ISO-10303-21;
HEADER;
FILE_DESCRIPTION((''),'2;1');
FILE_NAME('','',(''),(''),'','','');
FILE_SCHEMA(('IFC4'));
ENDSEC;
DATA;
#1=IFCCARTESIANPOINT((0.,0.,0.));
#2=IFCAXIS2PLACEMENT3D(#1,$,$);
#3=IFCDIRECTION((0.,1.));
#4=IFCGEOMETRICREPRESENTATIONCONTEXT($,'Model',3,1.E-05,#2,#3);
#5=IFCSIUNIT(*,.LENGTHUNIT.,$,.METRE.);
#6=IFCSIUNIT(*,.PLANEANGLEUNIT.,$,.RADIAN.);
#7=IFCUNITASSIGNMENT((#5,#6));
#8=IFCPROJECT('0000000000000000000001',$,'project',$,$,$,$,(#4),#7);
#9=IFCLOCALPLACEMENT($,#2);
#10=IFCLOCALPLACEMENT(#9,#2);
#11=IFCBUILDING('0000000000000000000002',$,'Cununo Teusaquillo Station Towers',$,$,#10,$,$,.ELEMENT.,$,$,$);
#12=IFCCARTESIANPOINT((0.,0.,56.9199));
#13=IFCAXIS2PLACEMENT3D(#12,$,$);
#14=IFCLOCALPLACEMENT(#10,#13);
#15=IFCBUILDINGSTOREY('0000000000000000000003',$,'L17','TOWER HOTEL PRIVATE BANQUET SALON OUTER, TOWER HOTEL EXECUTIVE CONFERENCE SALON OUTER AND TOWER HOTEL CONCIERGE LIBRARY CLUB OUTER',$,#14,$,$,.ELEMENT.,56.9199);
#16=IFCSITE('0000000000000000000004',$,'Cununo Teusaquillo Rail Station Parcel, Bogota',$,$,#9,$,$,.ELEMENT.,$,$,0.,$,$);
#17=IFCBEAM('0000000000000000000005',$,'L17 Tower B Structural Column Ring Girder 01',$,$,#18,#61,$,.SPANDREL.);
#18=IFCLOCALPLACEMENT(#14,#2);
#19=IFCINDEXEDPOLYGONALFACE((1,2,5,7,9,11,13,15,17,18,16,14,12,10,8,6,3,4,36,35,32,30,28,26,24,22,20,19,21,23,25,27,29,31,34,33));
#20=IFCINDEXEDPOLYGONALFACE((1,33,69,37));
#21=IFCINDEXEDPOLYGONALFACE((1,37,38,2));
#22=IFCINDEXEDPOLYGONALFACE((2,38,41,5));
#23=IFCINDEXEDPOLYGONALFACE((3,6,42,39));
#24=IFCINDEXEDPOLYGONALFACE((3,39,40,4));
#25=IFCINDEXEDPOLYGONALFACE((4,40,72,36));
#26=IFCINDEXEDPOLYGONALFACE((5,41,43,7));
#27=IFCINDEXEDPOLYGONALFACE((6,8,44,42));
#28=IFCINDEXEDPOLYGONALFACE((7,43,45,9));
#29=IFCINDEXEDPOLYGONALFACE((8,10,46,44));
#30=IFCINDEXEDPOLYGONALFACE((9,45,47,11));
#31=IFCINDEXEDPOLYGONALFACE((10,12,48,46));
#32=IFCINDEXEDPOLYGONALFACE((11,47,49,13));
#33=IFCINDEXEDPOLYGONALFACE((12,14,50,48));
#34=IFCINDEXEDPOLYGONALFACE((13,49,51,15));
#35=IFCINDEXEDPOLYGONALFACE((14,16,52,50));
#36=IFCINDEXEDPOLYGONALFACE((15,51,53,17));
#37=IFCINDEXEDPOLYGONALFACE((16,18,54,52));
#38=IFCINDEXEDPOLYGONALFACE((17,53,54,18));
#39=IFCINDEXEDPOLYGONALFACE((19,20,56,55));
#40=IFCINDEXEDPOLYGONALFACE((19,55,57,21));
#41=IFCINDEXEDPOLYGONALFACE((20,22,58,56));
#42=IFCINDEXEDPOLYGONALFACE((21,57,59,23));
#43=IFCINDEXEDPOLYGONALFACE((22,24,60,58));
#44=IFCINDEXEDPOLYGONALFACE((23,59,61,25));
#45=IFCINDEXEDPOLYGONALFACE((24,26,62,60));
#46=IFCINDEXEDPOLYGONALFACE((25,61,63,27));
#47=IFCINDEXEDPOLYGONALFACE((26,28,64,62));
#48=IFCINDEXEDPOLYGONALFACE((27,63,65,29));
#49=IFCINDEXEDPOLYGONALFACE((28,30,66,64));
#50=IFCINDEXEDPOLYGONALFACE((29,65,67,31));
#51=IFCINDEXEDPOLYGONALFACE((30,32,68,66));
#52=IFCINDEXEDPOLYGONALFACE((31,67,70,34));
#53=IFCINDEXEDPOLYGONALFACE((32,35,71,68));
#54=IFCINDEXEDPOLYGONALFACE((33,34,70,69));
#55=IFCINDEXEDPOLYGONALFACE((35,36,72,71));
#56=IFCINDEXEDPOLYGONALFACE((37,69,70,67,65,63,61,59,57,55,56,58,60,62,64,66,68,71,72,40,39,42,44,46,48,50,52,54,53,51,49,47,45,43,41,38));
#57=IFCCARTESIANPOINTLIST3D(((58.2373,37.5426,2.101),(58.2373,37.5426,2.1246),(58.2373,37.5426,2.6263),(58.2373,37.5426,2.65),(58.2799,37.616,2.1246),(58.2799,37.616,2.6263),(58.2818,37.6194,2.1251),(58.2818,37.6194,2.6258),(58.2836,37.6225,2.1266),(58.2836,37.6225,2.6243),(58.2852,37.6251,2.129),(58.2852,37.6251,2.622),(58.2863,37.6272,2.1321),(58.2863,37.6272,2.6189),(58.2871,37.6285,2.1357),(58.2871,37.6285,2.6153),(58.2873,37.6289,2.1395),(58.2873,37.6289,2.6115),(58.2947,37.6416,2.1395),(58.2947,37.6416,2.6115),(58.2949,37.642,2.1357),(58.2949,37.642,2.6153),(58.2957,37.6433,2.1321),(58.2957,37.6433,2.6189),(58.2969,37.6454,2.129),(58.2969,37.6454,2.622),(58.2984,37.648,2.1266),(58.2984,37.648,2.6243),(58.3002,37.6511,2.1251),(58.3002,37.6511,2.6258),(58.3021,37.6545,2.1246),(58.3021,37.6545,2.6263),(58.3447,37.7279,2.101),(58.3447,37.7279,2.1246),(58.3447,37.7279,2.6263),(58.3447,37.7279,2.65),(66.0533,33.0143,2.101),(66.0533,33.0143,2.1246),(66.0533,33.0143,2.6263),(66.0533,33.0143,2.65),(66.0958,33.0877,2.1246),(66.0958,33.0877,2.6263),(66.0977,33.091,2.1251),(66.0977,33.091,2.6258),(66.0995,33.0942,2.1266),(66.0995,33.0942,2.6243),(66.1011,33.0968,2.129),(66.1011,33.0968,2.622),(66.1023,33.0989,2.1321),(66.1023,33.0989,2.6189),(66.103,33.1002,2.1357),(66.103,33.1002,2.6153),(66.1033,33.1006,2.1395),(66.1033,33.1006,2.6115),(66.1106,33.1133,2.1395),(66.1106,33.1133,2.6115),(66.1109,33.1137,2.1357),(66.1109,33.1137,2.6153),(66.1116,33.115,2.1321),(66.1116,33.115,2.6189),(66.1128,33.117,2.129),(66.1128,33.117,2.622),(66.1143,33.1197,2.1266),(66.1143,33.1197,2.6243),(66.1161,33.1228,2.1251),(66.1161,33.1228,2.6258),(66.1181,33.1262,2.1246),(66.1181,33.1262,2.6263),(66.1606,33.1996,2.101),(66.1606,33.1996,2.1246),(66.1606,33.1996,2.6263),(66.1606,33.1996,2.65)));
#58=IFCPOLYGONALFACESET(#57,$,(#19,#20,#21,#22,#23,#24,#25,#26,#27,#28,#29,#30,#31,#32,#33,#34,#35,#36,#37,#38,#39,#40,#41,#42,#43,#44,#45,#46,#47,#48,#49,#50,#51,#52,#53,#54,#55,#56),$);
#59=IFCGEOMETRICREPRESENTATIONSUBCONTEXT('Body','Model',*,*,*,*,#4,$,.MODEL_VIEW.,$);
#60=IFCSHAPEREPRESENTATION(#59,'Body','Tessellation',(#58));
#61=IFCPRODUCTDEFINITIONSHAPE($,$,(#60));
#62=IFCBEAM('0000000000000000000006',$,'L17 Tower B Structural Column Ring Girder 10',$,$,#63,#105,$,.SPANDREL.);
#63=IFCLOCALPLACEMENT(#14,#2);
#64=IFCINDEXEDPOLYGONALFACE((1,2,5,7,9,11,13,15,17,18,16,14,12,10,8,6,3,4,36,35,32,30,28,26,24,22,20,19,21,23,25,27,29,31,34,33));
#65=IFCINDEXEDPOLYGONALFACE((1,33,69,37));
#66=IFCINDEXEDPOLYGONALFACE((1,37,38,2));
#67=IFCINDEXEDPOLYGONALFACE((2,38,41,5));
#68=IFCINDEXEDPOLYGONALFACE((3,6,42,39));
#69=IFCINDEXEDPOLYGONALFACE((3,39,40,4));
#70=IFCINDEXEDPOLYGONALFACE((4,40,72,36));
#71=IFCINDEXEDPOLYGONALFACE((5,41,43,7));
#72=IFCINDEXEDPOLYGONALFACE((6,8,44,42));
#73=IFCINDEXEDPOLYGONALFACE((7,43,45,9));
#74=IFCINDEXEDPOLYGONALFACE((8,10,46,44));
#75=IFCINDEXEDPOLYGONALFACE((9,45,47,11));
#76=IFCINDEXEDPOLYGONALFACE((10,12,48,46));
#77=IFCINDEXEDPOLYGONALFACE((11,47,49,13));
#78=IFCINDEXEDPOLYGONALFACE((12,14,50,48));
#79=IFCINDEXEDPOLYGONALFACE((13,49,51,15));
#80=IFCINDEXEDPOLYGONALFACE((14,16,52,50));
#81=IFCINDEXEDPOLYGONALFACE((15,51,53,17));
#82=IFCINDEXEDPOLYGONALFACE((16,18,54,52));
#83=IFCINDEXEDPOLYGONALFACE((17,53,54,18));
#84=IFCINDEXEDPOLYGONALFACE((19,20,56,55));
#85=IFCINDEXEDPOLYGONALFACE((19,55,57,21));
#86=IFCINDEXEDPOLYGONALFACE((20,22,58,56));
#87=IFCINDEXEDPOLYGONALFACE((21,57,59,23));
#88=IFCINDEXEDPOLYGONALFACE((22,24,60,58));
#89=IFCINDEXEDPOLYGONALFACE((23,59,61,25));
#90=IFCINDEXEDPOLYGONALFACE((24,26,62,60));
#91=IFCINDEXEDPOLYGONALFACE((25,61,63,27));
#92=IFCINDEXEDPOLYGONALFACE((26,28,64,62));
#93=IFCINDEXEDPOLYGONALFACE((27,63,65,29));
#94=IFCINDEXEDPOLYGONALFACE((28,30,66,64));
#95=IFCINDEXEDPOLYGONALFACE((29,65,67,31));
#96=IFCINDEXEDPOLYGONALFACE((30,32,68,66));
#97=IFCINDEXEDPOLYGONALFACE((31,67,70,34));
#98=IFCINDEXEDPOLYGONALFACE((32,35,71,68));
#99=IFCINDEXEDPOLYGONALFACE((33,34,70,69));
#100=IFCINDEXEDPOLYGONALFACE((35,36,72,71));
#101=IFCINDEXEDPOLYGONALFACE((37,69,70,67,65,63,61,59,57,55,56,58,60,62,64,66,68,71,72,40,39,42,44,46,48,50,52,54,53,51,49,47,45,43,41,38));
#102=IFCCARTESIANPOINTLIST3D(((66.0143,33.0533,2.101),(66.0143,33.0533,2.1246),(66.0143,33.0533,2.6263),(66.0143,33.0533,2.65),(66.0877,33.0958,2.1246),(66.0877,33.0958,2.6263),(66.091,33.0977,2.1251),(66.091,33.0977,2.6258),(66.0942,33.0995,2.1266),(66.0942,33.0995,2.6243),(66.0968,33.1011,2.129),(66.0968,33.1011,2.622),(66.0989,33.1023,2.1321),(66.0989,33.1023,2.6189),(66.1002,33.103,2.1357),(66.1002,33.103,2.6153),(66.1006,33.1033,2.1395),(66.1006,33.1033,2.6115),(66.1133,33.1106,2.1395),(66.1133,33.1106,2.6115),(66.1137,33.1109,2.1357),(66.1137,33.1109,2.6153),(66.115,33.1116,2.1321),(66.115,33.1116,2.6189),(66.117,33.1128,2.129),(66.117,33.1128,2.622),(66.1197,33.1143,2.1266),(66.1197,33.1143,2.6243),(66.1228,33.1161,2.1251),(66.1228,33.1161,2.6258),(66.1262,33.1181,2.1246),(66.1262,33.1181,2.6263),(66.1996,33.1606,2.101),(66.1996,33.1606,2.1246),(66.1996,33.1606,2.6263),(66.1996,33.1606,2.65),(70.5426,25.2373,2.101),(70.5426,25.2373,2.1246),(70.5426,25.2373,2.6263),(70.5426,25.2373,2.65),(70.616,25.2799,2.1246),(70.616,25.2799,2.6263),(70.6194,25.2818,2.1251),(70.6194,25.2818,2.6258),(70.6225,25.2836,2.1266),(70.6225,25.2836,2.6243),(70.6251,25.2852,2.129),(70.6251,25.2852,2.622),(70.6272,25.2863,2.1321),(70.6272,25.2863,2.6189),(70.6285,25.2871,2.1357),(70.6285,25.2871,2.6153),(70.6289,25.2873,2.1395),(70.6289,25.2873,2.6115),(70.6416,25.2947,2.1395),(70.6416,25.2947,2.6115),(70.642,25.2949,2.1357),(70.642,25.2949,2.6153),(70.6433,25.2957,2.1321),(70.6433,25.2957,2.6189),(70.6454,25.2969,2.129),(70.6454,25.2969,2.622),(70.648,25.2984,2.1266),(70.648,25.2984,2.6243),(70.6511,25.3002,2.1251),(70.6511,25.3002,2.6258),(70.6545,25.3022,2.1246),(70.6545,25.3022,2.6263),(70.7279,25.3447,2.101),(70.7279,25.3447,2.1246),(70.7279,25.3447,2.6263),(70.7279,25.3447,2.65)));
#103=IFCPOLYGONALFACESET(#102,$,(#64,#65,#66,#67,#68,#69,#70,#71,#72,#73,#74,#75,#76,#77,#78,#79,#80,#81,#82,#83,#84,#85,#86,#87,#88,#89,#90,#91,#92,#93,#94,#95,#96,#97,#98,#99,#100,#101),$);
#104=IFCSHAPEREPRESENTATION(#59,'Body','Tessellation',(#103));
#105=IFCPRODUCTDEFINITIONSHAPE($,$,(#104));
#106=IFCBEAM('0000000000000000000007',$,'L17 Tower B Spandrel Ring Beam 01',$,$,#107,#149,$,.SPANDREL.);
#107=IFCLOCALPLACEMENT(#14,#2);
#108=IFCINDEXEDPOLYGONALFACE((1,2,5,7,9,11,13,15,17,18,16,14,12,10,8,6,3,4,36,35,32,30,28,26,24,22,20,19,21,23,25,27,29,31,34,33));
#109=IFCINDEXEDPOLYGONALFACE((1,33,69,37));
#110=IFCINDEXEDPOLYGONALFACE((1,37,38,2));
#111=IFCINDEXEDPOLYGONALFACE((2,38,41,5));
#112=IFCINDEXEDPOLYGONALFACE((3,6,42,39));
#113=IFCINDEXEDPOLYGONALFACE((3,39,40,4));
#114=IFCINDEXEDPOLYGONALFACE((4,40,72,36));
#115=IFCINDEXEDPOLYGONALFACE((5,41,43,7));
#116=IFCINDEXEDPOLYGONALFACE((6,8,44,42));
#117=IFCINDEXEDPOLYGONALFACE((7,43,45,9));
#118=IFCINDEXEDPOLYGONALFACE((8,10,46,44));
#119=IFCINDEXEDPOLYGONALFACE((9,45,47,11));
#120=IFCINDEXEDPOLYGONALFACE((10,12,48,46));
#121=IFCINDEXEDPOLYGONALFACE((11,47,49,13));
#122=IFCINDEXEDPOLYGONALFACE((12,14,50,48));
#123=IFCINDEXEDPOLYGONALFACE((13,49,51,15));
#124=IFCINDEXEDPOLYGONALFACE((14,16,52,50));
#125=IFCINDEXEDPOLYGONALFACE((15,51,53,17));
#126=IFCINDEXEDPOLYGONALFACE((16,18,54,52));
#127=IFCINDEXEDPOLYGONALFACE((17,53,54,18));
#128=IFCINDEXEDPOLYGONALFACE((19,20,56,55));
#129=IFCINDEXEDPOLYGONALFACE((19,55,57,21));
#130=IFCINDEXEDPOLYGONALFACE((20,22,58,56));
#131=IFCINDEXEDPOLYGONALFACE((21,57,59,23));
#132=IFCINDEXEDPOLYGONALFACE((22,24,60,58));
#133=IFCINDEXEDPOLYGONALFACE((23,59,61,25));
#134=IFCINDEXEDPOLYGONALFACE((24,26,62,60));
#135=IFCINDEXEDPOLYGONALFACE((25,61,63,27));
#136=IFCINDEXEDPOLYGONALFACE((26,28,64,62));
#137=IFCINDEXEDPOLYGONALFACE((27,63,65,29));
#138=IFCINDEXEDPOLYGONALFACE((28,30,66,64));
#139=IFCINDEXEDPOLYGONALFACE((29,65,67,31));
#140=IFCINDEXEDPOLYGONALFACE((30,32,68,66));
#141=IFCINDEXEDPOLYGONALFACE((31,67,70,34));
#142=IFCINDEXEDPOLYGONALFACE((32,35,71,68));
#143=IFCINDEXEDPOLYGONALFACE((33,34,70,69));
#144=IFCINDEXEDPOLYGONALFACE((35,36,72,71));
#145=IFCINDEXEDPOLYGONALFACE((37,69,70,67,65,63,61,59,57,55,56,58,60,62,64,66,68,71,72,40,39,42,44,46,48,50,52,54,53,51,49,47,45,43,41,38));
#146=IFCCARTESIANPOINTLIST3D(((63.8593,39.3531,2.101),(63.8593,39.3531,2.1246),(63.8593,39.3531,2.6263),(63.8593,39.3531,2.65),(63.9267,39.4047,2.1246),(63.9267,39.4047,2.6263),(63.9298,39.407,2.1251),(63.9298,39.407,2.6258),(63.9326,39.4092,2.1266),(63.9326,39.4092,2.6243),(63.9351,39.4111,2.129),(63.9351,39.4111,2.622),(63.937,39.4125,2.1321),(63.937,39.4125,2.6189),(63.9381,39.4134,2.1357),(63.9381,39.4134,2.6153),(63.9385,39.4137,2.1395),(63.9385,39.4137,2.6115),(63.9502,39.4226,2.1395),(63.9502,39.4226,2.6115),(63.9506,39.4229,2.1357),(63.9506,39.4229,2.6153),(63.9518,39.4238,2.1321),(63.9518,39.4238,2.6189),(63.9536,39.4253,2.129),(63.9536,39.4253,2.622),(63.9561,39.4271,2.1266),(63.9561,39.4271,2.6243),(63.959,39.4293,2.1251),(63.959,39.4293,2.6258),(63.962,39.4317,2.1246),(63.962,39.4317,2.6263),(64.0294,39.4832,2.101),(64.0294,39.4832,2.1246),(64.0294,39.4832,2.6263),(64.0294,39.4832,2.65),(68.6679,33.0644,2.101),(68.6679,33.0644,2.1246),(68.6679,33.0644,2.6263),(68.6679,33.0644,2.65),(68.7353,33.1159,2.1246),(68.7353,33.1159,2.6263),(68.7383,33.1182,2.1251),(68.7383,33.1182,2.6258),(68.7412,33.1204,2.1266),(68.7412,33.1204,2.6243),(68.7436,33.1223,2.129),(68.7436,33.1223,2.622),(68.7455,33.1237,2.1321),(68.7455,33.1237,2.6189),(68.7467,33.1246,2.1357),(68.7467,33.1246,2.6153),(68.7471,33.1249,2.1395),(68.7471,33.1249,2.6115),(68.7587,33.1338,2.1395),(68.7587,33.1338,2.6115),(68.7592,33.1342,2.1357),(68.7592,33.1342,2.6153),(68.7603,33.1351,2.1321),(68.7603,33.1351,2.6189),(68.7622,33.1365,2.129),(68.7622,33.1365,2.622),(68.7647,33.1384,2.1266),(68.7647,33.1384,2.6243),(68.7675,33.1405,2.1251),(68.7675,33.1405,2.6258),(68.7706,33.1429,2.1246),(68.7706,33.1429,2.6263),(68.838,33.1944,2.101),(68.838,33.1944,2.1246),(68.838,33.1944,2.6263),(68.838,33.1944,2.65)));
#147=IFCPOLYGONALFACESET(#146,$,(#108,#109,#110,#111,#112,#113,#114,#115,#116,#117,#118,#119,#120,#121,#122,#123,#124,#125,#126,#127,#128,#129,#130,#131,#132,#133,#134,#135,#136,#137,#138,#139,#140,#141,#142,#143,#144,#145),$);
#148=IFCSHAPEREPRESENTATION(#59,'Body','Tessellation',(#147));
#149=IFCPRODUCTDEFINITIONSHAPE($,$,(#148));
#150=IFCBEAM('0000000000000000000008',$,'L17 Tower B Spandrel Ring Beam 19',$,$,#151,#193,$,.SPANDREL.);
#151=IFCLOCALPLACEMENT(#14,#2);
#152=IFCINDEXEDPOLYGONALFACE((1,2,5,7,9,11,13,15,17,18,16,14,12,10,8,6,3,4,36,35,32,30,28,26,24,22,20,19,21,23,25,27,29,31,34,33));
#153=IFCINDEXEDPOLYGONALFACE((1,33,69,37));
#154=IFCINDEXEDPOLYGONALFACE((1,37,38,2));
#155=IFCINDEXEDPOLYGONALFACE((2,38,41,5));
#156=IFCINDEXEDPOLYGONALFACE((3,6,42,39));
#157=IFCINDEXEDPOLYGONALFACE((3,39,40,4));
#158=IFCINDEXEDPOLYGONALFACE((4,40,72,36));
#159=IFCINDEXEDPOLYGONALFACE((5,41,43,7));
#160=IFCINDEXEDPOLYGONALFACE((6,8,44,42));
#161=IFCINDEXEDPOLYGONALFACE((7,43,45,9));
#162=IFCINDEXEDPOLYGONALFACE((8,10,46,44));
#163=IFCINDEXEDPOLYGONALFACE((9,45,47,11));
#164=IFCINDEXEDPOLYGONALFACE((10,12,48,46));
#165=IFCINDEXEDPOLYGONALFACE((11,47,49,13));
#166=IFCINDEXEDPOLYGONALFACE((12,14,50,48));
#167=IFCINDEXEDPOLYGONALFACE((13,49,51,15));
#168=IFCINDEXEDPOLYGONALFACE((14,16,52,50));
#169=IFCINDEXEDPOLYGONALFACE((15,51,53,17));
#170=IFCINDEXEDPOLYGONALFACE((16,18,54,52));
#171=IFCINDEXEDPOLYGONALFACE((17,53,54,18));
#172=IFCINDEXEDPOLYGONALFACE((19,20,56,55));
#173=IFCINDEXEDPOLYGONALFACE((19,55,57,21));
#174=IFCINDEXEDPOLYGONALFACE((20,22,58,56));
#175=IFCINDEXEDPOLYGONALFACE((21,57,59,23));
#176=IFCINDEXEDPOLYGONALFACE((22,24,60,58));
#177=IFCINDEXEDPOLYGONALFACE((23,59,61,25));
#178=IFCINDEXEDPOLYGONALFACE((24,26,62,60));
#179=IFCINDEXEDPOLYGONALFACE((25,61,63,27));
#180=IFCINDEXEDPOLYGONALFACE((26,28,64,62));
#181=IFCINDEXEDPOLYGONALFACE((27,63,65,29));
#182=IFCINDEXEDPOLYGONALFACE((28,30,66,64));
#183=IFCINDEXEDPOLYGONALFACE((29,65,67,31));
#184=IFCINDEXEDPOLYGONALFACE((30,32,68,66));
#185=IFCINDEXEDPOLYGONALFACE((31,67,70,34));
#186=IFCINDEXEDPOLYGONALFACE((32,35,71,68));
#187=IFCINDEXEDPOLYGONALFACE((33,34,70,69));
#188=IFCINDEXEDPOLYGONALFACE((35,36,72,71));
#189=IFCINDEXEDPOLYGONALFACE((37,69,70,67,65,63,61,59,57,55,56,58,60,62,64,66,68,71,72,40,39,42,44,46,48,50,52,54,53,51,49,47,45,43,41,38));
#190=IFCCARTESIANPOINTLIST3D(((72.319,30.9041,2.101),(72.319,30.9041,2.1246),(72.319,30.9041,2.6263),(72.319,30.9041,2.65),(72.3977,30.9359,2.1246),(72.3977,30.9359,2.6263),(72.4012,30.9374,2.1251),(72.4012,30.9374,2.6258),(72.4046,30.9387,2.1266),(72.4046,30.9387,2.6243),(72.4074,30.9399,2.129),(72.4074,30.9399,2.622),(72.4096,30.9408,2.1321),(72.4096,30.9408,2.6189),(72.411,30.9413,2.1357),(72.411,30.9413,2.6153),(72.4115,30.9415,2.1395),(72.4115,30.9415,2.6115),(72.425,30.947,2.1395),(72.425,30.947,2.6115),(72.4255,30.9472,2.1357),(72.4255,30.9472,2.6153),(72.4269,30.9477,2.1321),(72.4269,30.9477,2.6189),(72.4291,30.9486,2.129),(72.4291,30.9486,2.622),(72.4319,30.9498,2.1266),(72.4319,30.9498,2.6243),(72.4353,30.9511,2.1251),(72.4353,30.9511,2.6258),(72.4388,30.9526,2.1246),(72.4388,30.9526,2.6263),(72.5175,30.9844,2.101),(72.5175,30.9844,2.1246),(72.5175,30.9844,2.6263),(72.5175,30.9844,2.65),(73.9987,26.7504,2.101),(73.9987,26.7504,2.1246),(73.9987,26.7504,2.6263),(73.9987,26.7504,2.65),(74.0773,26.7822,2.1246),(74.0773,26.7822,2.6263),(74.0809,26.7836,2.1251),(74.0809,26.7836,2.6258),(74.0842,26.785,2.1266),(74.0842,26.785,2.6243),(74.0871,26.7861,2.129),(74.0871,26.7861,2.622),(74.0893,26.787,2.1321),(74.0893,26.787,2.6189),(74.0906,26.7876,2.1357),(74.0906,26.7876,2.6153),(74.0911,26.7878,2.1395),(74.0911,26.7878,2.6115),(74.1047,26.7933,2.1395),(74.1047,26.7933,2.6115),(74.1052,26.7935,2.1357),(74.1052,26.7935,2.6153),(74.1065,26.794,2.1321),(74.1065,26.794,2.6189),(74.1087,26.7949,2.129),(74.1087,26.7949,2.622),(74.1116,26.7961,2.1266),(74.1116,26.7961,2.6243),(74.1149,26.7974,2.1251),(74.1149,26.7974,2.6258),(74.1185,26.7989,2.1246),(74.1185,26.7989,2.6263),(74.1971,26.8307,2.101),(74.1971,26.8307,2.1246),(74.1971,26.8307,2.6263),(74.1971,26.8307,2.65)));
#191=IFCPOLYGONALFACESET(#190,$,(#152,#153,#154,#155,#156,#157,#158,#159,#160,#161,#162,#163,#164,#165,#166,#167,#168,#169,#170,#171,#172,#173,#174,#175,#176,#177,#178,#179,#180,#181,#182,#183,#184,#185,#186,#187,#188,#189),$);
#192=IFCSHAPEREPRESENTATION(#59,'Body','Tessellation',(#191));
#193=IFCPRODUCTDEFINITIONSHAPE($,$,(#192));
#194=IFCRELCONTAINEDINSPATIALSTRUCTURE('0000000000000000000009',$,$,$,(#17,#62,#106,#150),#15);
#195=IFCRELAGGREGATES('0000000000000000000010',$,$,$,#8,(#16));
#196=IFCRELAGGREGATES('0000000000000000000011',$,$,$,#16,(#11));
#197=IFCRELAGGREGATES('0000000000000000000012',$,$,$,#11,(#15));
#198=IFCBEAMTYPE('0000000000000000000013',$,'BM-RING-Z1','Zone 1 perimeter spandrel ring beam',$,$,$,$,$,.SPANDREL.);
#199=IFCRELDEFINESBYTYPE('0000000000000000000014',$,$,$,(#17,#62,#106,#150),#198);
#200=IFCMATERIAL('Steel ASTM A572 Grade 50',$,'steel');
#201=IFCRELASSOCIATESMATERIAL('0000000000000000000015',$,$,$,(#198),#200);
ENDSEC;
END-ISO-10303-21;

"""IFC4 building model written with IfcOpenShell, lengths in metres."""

from ifc_helpers import new_model, si_unit, direction, frame, origin, origin_2d, place, context, subcontext, project, spatial, i_section, extrude, material, material_profile, profile_set, type_object, element, save


model = new_model("IFC4")

# Units and contexts
model_context = context("Model", 3, precision=1e-05, world=origin(), true_north=direction((0.0, 1.0)))
body_context = subcontext(model_context, "Body", "Model", "MODEL_VIEW")
ifc_project = project(units=[si_unit("LENGTHUNIT", "METRE"), si_unit("PLANEANGLEUNIT", "RADIAN")], contexts=[model_context])

# Site, building, storey
site_placement = place(None, origin())
site = spatial("IfcSite", under=ifc_project, at=site_placement, Name="Cununo Teusaquillo Rail Station Parcel, Bogota", CompositionType="ELEMENT", RefElevation=0.0)
building_placement = place(site_placement, origin())
building = spatial("IfcBuilding", under=site, at=building_placement, Name="Cununo Teusaquillo Station Towers", CompositionType="ELEMENT")
storey_placement = place(building_placement, frame((0.0, 0.0, 56.9199)))
storey = spatial("IfcBuildingStorey", under=building, at=storey_placement, Name="L17", Description="TOWER HOTEL PRIVATE BANQUET SALON OUTER, TOWER HOTEL EXECUTIVE CONFERENCE SALON OUTER AND TOWER HOTEL CONCIERGE LIBRARY CLUB OUTER", CompositionType="ELEMENT", Elevation=56.9199)

# Beams
ifc_material_1 = material(Name="Steel ASTM A572 Grade 50", Category="steel")
ifc_material_profile_1 = material_profile(ifc_material_1, i_section(OverallWidth=0.2141, OverallDepth=0.5491, WebThickness=0.0146, FlangeThickness=0.0237, FilletRadius=0.0149, at=origin_2d()), Name="W21X93")
ifc_profile_set_1 = profile_set([ifc_material_profile_1], Name="Steel ASTM A572 Grade 50")
beam_type_1 = type_object("IfcBeamType", Name="BM-RING-Z1", Description="Zone 1 perimeter spandrel ring beam", PredefinedType="SPANDREL", material=ifc_profile_set_1)
for number, where, z_axis, x_axis, name in (
    (1, (66.1069, 33.1069, 2.3755), (-0.865267, 0.501311, 0.0), (-0.501311, -0.865267, 0.0), "L17 Tower B Structural Column Ring Girder 01"),
    (2, (70.6353, 25.291, 2.3755), (-0.501311, 0.865267, 0.0), (-0.865267, -0.501311, 0.0), "L17 Tower B Structural Column Ring Girder 10"),
):
    element("IfcBeam", number, at=place(storey_placement, frame(where, z_axis=z_axis, x_axis=x_axis)), inside=storey, type_object=beam_type_1, Name=name, PredefinedType="SPANDREL", context=body_context, shape_type="SweptSolid", body=[
        extrude(i_section(OverallWidth=0.2141, OverallDepth=0.5491, WebThickness=0.0146, FlangeThickness=0.0237, FilletRadius=0.0149, at=origin_2d()), origin(), (0.0, 0.0, 1.0), 9.033),
    ])
beam_1_placement = place(storey_placement, frame((68.7529, 33.1294, 2.3755), z_axis=(-0.60741, 0.794388, 0.0), x_axis=(-0.794388, -0.60741, 0.0)))
element("IfcBeam", 3, at=beam_1_placement, inside=storey, type_object=beam_type_1, Name="L17 Tower B Spandrel Ring Beam 01", PredefinedType="SPANDREL", context=body_context, shape_type="SweptSolid", body=[
    extrude(i_section(OverallWidth=0.2141, OverallDepth=0.5491, WebThickness=0.0146, FlangeThickness=0.0237, FilletRadius=0.0149, at=origin_2d()), origin(), (0.0, 0.0, 1.0), 7.9165),
])
beam_2_placement = place(storey_placement, frame((74.0979, 26.7905, 2.3755), z_axis=(-0.374883, 0.927072, 0.0), x_axis=(-0.927072, -0.374883, 0.0)))
element("IfcBeam", 4, at=beam_2_placement, inside=storey, type_object=beam_type_1, Name="L17 Tower B Spandrel Ring Beam 19", PredefinedType="SPANDREL", context=body_context, shape_type="SweptSolid", body=[
    extrude(i_section(OverallWidth=0.2141, OverallDepth=0.5491, WebThickness=0.0146, FlangeThickness=0.0237, FilletRadius=0.0149, at=origin_2d()), origin(), (0.0, 0.0, 1.0), 4.4805),
])

save(model, "model.ifc")
